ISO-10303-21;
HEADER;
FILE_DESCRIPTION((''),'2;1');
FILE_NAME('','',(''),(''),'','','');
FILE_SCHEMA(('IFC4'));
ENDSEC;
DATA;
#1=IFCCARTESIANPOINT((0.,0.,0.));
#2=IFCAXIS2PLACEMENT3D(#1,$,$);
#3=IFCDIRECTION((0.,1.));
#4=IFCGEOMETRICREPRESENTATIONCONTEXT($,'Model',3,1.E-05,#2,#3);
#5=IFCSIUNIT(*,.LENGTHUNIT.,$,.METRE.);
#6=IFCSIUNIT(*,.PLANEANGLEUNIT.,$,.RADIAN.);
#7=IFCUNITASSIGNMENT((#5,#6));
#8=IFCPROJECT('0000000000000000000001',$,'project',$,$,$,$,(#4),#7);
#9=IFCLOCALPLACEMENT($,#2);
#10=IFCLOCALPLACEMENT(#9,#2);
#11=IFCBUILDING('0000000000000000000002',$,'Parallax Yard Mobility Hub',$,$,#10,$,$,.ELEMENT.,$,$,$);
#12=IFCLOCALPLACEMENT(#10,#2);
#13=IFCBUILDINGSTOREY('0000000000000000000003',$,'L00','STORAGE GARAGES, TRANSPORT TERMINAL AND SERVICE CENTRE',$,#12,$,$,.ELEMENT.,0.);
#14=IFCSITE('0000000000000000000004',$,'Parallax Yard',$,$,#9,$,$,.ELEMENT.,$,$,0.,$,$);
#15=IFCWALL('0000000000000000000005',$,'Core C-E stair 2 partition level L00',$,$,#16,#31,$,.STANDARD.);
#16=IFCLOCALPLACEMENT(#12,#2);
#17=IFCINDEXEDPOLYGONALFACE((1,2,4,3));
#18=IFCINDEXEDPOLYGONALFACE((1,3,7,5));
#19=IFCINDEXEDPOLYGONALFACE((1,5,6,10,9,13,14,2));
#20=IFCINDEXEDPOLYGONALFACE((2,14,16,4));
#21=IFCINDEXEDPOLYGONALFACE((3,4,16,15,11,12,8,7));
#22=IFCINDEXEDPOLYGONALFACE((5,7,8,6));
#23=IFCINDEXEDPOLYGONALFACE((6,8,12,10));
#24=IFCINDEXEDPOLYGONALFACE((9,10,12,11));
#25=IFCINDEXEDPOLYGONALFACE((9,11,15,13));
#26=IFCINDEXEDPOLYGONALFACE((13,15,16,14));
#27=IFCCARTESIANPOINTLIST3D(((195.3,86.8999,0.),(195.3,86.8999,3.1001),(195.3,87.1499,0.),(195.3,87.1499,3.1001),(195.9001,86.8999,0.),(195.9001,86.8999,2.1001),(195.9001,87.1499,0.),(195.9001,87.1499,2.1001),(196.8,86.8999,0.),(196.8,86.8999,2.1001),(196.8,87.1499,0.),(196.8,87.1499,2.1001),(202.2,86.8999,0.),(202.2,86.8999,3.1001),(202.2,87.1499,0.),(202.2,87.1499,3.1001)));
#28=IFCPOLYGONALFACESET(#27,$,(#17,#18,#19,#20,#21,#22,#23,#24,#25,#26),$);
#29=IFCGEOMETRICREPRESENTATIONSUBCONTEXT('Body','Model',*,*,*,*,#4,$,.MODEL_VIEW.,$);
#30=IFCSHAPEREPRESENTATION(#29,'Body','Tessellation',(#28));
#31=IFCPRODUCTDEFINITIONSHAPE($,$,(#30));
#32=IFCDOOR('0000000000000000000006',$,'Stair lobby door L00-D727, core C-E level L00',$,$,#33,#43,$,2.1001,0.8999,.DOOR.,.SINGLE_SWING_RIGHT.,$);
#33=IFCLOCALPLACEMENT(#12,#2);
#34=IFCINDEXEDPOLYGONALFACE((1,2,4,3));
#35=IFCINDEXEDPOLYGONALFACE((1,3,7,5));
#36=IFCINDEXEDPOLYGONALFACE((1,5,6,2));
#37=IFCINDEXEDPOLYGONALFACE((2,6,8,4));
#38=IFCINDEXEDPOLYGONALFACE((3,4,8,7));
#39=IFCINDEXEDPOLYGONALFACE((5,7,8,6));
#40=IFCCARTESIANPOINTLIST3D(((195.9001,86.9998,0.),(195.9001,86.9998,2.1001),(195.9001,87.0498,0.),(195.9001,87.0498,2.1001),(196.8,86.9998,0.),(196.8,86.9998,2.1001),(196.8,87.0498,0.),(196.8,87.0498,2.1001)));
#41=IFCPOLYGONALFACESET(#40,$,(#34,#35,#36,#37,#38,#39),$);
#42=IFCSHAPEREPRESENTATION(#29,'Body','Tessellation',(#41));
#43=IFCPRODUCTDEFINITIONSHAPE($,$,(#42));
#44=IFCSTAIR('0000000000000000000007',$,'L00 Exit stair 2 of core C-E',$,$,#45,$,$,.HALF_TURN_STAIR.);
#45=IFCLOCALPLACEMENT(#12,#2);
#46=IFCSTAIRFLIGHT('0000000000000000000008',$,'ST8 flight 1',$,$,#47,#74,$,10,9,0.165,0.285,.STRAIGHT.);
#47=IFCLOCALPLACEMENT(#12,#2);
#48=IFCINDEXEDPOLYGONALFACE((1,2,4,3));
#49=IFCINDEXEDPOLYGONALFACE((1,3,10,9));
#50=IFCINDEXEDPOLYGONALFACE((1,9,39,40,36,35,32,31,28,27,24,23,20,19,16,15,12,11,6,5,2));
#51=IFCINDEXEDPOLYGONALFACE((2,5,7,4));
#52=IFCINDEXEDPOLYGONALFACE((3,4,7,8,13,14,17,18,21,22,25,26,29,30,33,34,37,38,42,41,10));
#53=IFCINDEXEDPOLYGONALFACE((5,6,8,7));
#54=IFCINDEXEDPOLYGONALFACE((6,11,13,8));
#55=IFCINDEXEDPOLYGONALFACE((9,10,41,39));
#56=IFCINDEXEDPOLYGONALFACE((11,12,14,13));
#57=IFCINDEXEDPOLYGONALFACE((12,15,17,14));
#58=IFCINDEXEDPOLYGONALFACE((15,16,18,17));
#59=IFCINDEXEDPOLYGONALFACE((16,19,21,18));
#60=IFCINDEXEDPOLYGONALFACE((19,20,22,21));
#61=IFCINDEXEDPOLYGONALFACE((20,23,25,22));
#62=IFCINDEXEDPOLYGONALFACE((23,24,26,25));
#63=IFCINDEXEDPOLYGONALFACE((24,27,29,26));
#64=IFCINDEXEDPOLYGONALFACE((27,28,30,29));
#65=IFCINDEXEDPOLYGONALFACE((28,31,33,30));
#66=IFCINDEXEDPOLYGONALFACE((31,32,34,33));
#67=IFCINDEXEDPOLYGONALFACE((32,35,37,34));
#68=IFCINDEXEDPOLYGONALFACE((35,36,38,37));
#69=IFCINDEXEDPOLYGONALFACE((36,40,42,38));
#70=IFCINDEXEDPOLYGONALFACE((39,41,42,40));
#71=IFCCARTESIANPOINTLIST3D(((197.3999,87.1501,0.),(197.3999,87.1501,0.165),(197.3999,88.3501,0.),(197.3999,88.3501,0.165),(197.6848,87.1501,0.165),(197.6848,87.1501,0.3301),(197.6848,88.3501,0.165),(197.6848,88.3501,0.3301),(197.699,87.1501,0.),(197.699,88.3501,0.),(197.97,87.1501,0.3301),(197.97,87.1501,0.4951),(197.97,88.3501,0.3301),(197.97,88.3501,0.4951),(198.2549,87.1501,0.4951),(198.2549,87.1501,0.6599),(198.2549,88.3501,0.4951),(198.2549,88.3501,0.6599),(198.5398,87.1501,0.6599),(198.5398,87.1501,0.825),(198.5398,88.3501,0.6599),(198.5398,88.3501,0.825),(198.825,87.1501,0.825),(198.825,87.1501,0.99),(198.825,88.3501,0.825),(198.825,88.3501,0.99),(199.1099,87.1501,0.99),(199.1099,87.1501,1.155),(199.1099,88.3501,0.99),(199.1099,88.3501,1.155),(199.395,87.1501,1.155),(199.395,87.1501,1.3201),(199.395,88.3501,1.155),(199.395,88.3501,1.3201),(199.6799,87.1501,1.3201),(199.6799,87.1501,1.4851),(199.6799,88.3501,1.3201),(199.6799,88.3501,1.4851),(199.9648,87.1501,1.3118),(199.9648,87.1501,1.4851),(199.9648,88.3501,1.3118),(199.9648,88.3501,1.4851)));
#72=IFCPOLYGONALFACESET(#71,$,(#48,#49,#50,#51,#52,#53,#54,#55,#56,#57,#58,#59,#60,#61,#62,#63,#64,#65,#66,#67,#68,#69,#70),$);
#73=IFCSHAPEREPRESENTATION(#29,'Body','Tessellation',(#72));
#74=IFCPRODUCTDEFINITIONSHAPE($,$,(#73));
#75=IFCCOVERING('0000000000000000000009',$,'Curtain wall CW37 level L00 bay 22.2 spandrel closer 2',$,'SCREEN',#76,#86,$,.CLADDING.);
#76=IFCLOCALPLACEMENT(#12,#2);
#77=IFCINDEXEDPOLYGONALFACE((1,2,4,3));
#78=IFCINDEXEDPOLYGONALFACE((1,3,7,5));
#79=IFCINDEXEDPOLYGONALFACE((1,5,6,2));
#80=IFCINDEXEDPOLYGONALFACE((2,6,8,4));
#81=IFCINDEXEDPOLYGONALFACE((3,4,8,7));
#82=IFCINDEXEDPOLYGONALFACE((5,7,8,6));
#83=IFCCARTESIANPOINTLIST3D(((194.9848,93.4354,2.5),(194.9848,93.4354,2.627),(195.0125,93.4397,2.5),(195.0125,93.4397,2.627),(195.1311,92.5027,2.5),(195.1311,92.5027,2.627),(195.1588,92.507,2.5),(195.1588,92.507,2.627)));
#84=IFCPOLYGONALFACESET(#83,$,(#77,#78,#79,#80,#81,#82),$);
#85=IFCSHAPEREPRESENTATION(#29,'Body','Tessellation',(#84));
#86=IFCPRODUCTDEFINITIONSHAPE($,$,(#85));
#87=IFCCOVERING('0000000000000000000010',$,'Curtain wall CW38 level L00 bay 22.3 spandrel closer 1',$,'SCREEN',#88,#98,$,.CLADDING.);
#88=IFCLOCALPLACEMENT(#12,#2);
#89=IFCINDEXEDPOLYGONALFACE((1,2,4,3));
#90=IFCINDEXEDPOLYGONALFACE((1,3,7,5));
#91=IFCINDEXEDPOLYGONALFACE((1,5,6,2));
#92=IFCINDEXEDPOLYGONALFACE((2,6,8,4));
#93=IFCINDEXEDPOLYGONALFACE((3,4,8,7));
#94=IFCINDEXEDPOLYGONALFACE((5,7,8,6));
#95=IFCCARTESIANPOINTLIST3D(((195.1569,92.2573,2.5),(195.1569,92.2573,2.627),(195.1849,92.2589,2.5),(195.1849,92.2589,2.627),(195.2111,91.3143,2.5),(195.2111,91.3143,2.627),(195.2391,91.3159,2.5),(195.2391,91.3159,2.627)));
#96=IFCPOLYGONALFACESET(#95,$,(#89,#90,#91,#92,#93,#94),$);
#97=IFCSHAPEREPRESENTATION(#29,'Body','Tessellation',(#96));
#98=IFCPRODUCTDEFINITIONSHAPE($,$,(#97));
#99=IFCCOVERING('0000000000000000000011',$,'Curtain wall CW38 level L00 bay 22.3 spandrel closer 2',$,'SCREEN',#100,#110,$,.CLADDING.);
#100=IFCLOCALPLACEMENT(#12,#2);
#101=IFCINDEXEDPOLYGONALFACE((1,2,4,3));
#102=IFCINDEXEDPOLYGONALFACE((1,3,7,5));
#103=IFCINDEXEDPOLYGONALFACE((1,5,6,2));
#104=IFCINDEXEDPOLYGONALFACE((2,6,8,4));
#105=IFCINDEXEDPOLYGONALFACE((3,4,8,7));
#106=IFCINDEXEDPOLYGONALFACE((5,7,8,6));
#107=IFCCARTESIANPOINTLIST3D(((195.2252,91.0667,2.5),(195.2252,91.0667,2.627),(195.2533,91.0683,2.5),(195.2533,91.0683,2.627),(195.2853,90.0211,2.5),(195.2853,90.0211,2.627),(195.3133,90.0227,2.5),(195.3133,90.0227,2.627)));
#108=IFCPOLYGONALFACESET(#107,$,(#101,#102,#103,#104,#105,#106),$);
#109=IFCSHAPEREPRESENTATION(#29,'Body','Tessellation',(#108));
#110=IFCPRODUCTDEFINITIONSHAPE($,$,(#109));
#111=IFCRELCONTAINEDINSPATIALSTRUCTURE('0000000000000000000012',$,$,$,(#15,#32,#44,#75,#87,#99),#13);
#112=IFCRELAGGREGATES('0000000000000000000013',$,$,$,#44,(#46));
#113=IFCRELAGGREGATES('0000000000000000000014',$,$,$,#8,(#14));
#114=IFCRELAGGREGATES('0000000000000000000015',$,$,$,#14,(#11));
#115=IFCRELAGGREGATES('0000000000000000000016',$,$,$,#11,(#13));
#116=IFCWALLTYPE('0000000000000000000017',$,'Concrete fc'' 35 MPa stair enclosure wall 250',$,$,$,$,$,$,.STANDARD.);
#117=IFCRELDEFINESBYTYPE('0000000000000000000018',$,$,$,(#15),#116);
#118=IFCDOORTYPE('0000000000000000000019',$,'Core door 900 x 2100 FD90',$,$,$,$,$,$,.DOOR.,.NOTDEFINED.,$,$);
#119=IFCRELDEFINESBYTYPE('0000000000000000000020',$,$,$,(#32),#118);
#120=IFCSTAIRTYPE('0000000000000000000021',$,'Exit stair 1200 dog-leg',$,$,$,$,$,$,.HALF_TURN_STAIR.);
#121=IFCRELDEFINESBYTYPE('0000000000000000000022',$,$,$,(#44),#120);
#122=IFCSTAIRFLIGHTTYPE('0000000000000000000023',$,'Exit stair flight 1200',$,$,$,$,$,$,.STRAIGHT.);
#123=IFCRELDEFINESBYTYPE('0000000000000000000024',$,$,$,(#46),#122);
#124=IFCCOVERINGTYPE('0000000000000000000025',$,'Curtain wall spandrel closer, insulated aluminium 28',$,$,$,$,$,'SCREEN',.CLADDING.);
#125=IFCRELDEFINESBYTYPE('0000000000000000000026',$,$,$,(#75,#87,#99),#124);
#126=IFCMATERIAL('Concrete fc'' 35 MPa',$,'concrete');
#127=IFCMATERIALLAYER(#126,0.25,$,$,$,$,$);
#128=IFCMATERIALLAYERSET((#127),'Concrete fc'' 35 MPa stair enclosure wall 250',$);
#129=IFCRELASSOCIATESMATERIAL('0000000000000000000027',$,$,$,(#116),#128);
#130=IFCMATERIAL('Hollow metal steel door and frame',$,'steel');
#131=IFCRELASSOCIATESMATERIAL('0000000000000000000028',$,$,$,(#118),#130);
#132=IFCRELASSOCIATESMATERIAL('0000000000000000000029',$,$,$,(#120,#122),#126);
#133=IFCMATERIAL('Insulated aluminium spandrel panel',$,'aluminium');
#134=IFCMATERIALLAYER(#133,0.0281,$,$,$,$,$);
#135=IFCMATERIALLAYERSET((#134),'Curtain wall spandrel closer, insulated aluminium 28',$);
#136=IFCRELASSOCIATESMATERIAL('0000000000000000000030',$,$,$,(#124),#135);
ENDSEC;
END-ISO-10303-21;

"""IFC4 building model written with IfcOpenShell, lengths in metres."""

from ifc_helpers import new_model, si_unit, direction, frame, frame_2d, origin, origin_2d, place, context, subcontext, project, spatial, polyline, rectangle, outline, extrude, material, layer, layer_set, type_object, element, fill, aggregate, save


model = new_model("IFC4")

# Units and contexts
model_context = context("Model", 3, precision=1e-05, world=origin(), true_north=direction((0.0, 1.0)))
body_context = subcontext(model_context, "Body", "Model", "MODEL_VIEW")
ifc_project = project(units=[si_unit("LENGTHUNIT", "METRE"), si_unit("PLANEANGLEUNIT", "RADIAN")], contexts=[model_context])

# Site, building, storey
site_placement = place(None, origin())
site = spatial("IfcSite", under=ifc_project, at=site_placement, Name="Parallax Yard", CompositionType="ELEMENT", RefElevation=0.0)
building_placement = place(site_placement, origin())
building = spatial("IfcBuilding", under=site, at=building_placement, Name="Parallax Yard Mobility Hub", CompositionType="ELEMENT")
storey_placement = place(building_placement, origin())
storey = spatial("IfcBuildingStorey", under=building, at=storey_placement, Name="L00", Description="STORAGE GARAGES, TRANSPORT TERMINAL AND SERVICE CENTRE", CompositionType="ELEMENT", Elevation=0.0)

# Shared definitions
ifc_material_1 = material(Name="Concrete fc' 35 MPa", Category="concrete")
ifc_material_2 = material(Name="Hollow metal steel door and frame", Category="steel")

# Wall, opening, door
ifc_layer_1 = layer(ifc_material_1, 0.25)
ifc_layer_set_1 = layer_set([ifc_layer_1], Name="Concrete fc' 35 MPa stair enclosure wall 250")
wall_type_1 = type_object("IfcWallType", Name="Concrete fc' 35 MPa stair enclosure wall 250", PredefinedType="STANDARD", material=ifc_layer_set_1)
wall_1_placement = place(storey_placement, frame((195.3, 87.0249, 0.0), z_axis=(0.0, 0.0, 1.0), x_axis=(1.0, 0.0, 0.0)))
wall_1 = element("IfcWall", 1, at=wall_1_placement, inside=storey, type_object=wall_type_1, Name="Core C-E stair 2 partition level L00", PredefinedType="STANDARD", context=body_context, shape_type="SweptSolid", body=[
    extrude(rectangle(XDim=6.8999, YDim=0.25, at=frame_2d((3.45, 0.0))), origin(), (0.0, 0.0, 1.0), 3.1001),
])
opening_1_placement = place(wall_1_placement, frame((0.6001, 0.0, 0.0)))
opening_1 = element("IfcOpeningElement", 2, at=opening_1_placement, cuts=wall_1, PredefinedType="OPENING", context=body_context, shape_type="SweptSolid", body=[
    extrude(rectangle(XDim=0.8999, YDim=2.1001, at=frame_2d((0.45, 1.05))), frame((0.0, 0.135, 0.0), z_axis=(0.0, -1.0, 0.0), x_axis=(1.0, 0.0, 0.0)), (0.0, 0.0, 1.0), 0.27),
])
door_type_1 = type_object("IfcDoorType", Name="Core door 900 x 2100 FD90", OperationType="NOTDEFINED", PredefinedType="DOOR", material=ifc_material_2)
door_1_placement = place(opening_1_placement, origin())
door_1 = element("IfcDoor", 3, at=door_1_placement, inside=storey, type_object=door_type_1, Name="Stair lobby door L00-D727, core C-E level L00", OperationType="SINGLE_SWING_RIGHT", OverallHeight=2.1001, OverallWidth=0.8999, PredefinedType="DOOR", context=body_context, shape_type="SweptSolid", body=[
    extrude(rectangle(XDim=0.8999, YDim=2.1001, at=frame_2d((0.45, 1.05))), frame((0.0, 0.0249, 0.0), z_axis=(0.0, -1.0, 0.0), x_axis=(1.0, 0.0, 0.0)), (0.0, 0.0, 1.0), 0.05),
])
fill(opening_1, door_1)

# Stair, stair flight
stair_type = type_object("IfcStairType", Name="Exit stair 1200 dog-leg", PredefinedType="HALF_TURN_STAIR", material=ifc_material_1)
stair_placement = place(storey_placement, origin())
stair = element("IfcStair", 4, at=stair_placement, inside=storey, type_object=stair_type, Name="L00 Exit stair 2 of core C-E", PredefinedType="HALF_TURN_STAIR")
stair_flight_type = type_object("IfcStairFlightType", Name="Exit stair flight 1200", PredefinedType="STRAIGHT", material=ifc_material_1)
stair_flight_placement = place(storey_placement, frame((197.3999, 87.75, 0.0), z_axis=(0.0, 0.0, 1.0), x_axis=(1.0, 0.0, 0.0)))
stair_flight = element("IfcStairFlight", 5, at=stair_flight_placement, type_object=stair_flight_type, Name="ST8 flight 1", NumberOfRisers=10, NumberOfTreads=9, PredefinedType="STRAIGHT", RiserHeight=0.165, TreadLength=0.285, context=body_context, shape_type="SweptSolid", body=[
    extrude(outline(polyline([(0.0, 0.0), (0.0, 0.165), (0.2849, 0.165), (0.2849, 0.3301), (0.5701, 0.3301), (0.5701, 0.4951), (0.855, 0.4951), (0.855, 0.6599), (1.1399, 0.6599), (1.1399, 0.825), (1.425, 0.825), (1.425, 0.99), (1.71, 0.99), (1.71, 1.155), (1.9951, 1.155), (1.9951, 1.3201), (2.28, 1.3201), (2.28, 1.4851), (2.5649, 1.4851), (2.5649, 1.6499), (2.5649, 1.3118), (0.2991, 0.0), (0.0, 0.0)])), frame((0.0, 0.6001, 0.0), z_axis=(0.0, -1.0, 0.0), x_axis=(1.0, 0.0, 0.0)), (0.0, 0.0, 1.0), 1.2),
])
aggregate(stair, [stair_flight])

# Coverings
ifc_material_3 = material(Name="Insulated aluminium spandrel panel", Category="aluminium")
ifc_layer_2 = layer(ifc_material_3, 0.0281)
ifc_layer_set_2 = layer_set([ifc_layer_2], Name="Curtain wall spandrel closer, insulated aluminium 28")
covering_type = type_object("IfcCoveringType", Name="Curtain wall spandrel closer, insulated aluminium 28", ElementType="SCREEN", PredefinedType="CLADDING", material=ifc_layer_set_2)
covering_1_placement = place(storey_placement, frame((195.0718, 92.9712, 2.5), z_axis=(0.0, 0.0, 1.0), x_axis=(0.154947, -0.987923, 0.0)))
element("IfcCovering", 6, at=covering_1_placement, inside=storey, type_object=covering_type, Name="Curtain wall CW37 level L00 bay 22.2 spandrel closer 2", ObjectType="SCREEN", PredefinedType="CLADDING", context=body_context, shape_type="SweptSolid", body=[
    extrude(rectangle(XDim=0.9441, YDim=0.0281, at=origin_2d()), origin(), (0.0, 0.0, 1.0), 0.127),
])
covering_2_placement = place(storey_placement, frame((195.198, 91.7866, 2.5), z_axis=(0.0, 0.0, 1.0), x_axis=(0.057338, -0.998355, 0.0)))
element("IfcCovering", 7, at=covering_2_placement, inside=storey, type_object=covering_type, Name="Curtain wall CW38 level L00 bay 22.3 spandrel closer 1", ObjectType="SCREEN", PredefinedType="CLADDING", context=body_context, shape_type="SweptSolid", body=[
    extrude(rectangle(XDim=0.9446, YDim=0.0281, at=origin_2d()), origin(), (0.0, 0.0, 1.0), 0.127),
])
covering_3_placement = place(storey_placement, frame((195.2693, 90.5447, 2.5), z_axis=(0.0, 0.0, 1.0), x_axis=(0.057338, -0.998355, 0.0)))
element("IfcCovering", 8, at=covering_3_placement, inside=storey, type_object=covering_type, Name="Curtain wall CW38 level L00 bay 22.3 spandrel closer 2", ObjectType="SCREEN", PredefinedType="CLADDING", context=body_context, shape_type="SweptSolid", body=[
    extrude(rectangle(XDim=1.0474, YDim=0.0281, at=origin_2d()), origin(), (0.0, 0.0, 1.0), 0.127),
])

save(model, "model.ifc")
